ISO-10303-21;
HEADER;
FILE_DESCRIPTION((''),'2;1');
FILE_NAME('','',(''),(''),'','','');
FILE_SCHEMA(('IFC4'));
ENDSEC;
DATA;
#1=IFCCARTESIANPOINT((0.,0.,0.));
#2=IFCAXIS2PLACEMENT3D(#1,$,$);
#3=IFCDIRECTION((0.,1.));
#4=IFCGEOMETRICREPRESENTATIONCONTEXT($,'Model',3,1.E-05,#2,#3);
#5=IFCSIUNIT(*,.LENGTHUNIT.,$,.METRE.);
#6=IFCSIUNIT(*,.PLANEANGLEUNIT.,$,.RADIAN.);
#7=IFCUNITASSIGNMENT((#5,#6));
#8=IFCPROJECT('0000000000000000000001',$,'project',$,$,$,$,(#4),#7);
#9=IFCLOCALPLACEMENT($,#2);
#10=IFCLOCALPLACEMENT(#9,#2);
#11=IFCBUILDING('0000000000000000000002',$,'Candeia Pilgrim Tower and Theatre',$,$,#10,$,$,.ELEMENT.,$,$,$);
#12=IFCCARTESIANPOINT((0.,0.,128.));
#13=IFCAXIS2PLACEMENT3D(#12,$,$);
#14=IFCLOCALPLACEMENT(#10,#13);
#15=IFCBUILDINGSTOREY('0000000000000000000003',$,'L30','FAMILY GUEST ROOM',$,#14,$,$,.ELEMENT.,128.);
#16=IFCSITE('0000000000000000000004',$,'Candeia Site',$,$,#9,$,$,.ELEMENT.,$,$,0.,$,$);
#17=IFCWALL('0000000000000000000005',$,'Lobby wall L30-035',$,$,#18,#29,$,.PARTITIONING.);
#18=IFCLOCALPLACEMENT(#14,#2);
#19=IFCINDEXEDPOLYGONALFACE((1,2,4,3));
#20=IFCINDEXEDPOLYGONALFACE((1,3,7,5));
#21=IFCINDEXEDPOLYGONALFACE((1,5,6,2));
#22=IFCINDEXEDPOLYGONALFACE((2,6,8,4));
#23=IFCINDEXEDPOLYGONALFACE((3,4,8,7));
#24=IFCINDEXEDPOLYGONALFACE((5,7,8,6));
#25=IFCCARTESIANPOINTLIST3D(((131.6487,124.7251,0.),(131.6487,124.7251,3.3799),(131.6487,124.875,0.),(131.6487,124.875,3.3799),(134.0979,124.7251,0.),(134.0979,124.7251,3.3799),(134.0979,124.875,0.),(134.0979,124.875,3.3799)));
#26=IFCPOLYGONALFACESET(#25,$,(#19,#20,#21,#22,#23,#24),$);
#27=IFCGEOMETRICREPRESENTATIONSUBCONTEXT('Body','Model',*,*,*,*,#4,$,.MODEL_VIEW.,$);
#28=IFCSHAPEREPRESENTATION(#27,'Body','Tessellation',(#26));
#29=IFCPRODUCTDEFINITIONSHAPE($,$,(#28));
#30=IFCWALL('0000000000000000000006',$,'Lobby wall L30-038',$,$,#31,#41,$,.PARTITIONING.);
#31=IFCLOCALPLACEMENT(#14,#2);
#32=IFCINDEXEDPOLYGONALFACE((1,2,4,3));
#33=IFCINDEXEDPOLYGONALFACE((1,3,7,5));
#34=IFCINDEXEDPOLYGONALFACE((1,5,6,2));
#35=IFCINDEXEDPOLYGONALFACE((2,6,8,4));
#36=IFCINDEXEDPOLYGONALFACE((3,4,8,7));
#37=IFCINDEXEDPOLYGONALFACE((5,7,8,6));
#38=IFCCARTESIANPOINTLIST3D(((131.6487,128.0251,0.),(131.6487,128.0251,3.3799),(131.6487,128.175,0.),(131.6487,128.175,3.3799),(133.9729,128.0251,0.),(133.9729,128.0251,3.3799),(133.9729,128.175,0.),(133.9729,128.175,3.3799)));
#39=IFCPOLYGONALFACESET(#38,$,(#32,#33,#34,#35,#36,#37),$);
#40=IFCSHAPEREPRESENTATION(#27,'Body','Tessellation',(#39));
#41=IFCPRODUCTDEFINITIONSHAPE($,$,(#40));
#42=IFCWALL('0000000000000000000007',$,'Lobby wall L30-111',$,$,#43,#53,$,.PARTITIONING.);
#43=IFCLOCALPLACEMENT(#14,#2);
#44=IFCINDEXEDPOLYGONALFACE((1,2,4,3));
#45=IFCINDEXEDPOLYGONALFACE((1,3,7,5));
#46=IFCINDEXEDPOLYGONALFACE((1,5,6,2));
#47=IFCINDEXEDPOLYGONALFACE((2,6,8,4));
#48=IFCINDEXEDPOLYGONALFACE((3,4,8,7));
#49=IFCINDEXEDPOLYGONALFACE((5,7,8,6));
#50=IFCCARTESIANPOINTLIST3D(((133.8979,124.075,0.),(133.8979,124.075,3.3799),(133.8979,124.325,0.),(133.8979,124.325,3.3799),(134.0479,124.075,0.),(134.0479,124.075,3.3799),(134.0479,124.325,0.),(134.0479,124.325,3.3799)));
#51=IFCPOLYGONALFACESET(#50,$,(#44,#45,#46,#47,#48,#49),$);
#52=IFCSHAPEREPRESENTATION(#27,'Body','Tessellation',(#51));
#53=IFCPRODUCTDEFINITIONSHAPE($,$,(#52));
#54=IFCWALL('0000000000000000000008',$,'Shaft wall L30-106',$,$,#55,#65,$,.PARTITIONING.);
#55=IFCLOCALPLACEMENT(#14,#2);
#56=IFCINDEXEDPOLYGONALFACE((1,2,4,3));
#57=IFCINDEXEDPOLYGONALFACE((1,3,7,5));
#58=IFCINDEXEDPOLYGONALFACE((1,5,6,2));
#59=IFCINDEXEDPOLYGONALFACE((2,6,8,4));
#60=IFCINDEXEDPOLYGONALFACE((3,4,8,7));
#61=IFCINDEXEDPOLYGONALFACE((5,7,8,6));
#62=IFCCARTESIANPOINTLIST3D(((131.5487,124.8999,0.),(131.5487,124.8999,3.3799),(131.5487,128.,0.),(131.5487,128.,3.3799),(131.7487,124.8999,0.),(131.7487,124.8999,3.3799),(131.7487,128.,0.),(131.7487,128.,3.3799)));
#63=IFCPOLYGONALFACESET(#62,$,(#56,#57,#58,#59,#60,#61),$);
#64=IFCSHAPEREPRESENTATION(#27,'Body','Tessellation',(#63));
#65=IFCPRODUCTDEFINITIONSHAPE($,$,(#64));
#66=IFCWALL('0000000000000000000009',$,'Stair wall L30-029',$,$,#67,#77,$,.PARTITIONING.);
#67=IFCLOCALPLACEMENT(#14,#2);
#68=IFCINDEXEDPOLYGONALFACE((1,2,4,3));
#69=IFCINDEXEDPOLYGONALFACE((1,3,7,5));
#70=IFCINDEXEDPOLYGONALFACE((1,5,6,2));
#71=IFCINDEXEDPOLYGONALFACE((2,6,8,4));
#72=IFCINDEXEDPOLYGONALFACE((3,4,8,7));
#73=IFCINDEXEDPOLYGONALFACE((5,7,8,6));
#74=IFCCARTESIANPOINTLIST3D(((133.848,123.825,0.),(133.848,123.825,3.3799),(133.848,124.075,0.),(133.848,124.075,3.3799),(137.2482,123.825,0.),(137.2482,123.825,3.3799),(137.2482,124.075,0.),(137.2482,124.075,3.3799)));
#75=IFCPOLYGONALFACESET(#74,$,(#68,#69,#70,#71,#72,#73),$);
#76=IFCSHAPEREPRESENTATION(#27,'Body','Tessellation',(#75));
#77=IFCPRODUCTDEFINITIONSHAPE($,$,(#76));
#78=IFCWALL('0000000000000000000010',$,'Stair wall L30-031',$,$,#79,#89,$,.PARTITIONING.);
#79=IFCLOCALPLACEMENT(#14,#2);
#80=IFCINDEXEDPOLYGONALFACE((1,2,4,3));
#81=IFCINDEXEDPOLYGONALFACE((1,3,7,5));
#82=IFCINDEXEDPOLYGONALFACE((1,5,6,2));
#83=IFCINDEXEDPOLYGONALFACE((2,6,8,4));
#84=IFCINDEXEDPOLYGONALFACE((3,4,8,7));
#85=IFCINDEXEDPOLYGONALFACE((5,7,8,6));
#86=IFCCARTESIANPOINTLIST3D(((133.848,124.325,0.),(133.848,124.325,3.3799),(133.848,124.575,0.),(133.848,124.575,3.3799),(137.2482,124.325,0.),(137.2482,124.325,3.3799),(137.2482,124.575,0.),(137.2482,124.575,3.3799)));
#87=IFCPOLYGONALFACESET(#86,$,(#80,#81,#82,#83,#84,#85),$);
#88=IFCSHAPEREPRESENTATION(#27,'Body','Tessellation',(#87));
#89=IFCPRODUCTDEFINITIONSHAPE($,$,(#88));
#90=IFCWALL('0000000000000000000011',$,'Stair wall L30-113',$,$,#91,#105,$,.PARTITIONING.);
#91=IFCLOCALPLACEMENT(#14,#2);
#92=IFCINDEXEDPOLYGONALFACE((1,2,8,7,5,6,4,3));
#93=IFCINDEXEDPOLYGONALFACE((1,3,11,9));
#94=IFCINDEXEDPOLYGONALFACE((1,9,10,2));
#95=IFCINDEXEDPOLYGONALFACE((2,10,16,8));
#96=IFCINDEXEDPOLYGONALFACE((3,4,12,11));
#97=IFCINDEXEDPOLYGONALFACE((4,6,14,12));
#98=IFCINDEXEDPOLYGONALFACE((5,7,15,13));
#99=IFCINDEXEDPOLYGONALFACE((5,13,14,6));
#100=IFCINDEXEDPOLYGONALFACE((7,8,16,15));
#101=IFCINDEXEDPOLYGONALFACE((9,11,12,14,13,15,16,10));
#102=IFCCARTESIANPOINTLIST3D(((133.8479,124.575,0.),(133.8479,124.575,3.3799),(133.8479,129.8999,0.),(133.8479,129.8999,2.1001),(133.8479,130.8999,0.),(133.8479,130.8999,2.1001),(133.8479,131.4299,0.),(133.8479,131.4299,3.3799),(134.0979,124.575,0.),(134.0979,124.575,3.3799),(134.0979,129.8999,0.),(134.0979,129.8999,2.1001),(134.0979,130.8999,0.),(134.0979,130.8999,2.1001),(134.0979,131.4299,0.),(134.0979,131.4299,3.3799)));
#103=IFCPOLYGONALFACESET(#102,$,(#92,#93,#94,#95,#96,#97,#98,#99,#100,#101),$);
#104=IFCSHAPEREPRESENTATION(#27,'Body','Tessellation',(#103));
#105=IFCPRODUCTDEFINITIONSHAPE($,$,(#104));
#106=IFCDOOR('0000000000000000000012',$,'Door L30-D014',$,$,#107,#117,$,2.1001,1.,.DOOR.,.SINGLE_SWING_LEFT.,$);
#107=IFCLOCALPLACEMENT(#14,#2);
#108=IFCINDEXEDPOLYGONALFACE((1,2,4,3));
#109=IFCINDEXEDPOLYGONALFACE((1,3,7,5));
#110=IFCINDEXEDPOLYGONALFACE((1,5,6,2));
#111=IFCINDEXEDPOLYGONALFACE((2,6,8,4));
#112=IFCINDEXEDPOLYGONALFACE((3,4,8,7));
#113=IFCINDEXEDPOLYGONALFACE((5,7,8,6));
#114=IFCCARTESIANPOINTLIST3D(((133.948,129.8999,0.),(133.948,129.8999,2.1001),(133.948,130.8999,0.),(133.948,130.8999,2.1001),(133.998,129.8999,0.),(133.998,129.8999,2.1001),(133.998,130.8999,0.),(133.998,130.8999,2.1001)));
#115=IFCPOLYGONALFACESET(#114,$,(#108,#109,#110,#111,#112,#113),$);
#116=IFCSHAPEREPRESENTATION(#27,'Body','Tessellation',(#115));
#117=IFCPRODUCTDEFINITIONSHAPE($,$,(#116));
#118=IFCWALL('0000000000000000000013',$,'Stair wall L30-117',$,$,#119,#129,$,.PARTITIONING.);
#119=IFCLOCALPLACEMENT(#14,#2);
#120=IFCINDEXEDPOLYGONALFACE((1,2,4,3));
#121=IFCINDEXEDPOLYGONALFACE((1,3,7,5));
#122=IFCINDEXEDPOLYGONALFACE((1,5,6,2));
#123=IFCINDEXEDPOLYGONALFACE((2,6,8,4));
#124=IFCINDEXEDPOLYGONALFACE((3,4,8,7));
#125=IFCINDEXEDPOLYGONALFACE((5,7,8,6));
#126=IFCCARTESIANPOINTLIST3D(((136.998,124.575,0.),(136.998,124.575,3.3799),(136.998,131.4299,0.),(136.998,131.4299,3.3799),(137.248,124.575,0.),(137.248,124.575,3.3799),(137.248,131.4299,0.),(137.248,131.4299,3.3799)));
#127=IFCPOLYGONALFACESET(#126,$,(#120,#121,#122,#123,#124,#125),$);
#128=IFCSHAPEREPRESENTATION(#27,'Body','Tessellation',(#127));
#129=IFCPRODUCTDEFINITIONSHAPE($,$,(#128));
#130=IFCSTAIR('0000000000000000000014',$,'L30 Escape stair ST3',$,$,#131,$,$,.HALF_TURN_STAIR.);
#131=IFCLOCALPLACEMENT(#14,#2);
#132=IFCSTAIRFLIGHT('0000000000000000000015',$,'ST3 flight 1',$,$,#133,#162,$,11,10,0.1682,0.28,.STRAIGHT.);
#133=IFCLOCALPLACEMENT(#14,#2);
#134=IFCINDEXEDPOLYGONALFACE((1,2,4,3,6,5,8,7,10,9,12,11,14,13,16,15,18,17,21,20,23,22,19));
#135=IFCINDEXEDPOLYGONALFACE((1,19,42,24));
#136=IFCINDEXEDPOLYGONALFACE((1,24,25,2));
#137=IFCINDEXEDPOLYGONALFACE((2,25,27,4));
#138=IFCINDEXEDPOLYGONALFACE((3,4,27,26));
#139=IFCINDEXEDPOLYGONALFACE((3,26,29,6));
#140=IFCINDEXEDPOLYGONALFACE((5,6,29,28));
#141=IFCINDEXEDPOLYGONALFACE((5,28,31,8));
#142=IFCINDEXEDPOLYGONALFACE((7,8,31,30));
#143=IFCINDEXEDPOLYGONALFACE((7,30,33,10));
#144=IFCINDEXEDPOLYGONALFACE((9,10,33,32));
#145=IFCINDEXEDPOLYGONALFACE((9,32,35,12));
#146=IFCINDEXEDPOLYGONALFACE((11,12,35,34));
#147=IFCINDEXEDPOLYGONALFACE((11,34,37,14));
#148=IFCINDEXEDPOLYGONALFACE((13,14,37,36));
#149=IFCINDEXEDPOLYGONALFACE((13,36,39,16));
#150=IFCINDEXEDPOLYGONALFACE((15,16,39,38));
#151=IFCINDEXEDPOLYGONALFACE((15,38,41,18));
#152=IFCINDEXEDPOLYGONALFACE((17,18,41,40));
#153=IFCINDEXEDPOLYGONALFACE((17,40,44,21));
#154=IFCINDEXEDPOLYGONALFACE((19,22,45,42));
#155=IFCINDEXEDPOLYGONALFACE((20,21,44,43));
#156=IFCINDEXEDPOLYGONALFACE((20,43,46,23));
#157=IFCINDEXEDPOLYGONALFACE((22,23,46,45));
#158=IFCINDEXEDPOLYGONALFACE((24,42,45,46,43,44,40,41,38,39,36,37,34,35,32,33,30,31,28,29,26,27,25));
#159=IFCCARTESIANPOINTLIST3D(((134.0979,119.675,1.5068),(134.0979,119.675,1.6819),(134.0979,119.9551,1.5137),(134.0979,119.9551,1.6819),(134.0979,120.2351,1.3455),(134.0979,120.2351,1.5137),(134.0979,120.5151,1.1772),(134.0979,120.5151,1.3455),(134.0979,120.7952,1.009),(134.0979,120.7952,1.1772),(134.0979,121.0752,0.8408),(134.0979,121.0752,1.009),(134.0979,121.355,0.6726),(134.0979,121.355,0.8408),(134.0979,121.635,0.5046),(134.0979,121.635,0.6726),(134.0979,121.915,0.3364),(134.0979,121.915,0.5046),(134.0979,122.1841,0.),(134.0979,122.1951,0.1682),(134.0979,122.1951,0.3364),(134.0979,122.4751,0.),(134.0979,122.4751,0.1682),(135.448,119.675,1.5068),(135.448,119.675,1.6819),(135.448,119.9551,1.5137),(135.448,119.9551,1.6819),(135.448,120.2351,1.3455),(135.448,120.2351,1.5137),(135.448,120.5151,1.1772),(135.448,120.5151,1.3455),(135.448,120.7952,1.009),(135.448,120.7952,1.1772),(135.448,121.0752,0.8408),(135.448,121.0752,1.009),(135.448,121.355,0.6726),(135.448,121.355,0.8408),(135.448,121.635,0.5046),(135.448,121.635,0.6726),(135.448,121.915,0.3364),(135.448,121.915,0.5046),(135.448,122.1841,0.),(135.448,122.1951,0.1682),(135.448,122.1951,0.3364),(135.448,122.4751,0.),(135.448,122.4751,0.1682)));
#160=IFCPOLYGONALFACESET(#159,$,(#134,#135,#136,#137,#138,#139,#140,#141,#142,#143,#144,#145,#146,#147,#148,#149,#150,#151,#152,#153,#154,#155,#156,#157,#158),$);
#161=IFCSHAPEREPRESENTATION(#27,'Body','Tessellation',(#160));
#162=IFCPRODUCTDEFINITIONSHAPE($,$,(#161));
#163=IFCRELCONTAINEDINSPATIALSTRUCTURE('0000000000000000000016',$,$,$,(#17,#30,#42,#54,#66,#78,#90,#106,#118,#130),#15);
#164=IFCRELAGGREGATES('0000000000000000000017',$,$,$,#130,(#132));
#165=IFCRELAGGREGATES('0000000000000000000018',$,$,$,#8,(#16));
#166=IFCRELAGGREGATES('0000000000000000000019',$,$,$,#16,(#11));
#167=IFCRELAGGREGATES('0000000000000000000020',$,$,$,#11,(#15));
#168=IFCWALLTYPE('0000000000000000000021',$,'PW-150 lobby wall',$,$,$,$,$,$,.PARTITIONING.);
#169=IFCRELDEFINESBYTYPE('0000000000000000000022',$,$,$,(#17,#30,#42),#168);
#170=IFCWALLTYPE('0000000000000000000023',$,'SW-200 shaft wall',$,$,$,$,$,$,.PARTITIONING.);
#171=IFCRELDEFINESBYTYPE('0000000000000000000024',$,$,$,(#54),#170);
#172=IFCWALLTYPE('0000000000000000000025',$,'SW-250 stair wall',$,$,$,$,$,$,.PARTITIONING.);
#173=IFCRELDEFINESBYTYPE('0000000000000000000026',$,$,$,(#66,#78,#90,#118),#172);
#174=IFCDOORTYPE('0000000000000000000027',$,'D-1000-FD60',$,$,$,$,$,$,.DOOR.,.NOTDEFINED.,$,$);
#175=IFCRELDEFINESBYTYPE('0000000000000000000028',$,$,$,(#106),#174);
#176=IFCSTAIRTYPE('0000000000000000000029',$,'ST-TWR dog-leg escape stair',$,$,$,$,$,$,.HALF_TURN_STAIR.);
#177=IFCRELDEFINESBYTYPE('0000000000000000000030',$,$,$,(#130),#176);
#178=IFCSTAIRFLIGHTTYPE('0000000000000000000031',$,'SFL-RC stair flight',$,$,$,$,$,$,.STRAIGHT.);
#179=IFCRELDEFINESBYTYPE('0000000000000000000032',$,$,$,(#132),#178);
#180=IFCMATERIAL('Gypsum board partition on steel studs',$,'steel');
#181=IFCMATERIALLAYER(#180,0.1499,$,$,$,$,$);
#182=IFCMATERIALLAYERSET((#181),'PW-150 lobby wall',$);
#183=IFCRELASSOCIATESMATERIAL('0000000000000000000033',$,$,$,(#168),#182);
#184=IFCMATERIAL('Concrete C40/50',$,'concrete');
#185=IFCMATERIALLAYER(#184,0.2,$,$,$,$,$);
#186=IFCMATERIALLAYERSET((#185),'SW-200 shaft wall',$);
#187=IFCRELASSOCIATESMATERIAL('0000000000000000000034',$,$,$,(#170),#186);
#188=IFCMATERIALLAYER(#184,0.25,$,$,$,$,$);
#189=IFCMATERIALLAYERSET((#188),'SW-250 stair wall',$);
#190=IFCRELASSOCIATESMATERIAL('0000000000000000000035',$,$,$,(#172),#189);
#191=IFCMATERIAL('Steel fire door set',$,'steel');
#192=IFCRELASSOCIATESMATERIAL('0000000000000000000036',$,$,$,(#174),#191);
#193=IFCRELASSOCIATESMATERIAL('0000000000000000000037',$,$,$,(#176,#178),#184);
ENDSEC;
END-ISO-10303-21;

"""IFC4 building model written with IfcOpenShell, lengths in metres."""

from ifc_helpers import new_model, si_unit, direction, frame, frame_2d, origin, place, context, subcontext, project, spatial, polyline, rectangle, outline, extrude, material, layer, layer_set, type_object, element, fill, aggregate, save


model = new_model("IFC4")

# Units and contexts
model_context = context("Model", 3, precision=1e-05, world=origin(), true_north=direction((0.0, 1.0)))
body_context = subcontext(model_context, "Body", "Model", "MODEL_VIEW")
ifc_project = project(units=[si_unit("LENGTHUNIT", "METRE"), si_unit("PLANEANGLEUNIT", "RADIAN")], contexts=[model_context])

# Site, building, storey
site_placement = place(None, origin())
site = spatial("IfcSite", under=ifc_project, at=site_placement, Name="Candeia Site", CompositionType="ELEMENT", RefElevation=0.0)
building_placement = place(site_placement, origin())
building = spatial("IfcBuilding", under=site, at=building_placement, Name="Candeia Pilgrim Tower and Theatre", CompositionType="ELEMENT")
storey_placement = place(building_placement, frame((0.0, 0.0, 128.0)))
storey = spatial("IfcBuildingStorey", under=building, at=storey_placement, Name="L30", Description="FAMILY GUEST ROOM", CompositionType="ELEMENT", Elevation=128.0)

# Walls
ifc_material_1 = material(Name="Gypsum board partition on steel studs", Category="steel")
ifc_layer_1 = layer(ifc_material_1, 0.1499)
ifc_layer_set_1 = layer_set([ifc_layer_1], Name="PW-150 lobby wall")
wall_type_1 = type_object("IfcWallType", Name="PW-150 lobby wall", PredefinedType="PARTITIONING", material=ifc_layer_set_1)
wall_1_placement = place(storey_placement, frame((131.6487, 124.8, 0.0), z_axis=(0.0, 0.0, 1.0), x_axis=(1.0, 0.0, 0.0)))
element("IfcWall", 1, at=wall_1_placement, inside=storey, type_object=wall_type_1, Name="Lobby wall L30-035", PredefinedType="PARTITIONING", context=body_context, shape_type="SweptSolid", body=[
    extrude(rectangle(XDim=2.4492, YDim=0.1499, at=frame_2d((1.2246, 0.0))), origin(), (0.0, 0.0, 1.0), 3.3799),
])
wall_2_placement = place(storey_placement, frame((131.6487, 128.1001, 0.0), z_axis=(0.0, 0.0, 1.0), x_axis=(1.0, 0.0, 0.0)))
element("IfcWall", 2, at=wall_2_placement, inside=storey, type_object=wall_type_1, Name="Lobby wall L30-038", PredefinedType="PARTITIONING", context=body_context, shape_type="SweptSolid", body=[
    extrude(rectangle(XDim=2.3242, YDim=0.1499, at=frame_2d((1.1621, 0.0))), origin(), (0.0, 0.0, 1.0), 3.3799),
])
wall_3_placement = place(storey_placement, frame((133.9729, 124.075, 0.0), z_axis=(0.0, 0.0, 1.0), x_axis=(0.0, 1.0, 0.0)))
element("IfcWall", 3, at=wall_3_placement, inside=storey, type_object=wall_type_1, Name="Lobby wall L30-111", PredefinedType="PARTITIONING", context=body_context, shape_type="SweptSolid", body=[
    extrude(rectangle(XDim=0.25, YDim=0.1499, at=frame_2d((0.125, 0.0))), origin(), (0.0, 0.0, 1.0), 3.3799),
])
ifc_material_2 = material(Name="Concrete C40/50", Category="concrete")
ifc_layer_2 = layer(ifc_material_2, 0.2)
ifc_layer_set_2 = layer_set([ifc_layer_2], Name="SW-200 shaft wall")
wall_type_2 = type_object("IfcWallType", Name="SW-200 shaft wall", PredefinedType="PARTITIONING", material=ifc_layer_set_2)
wall_4_placement = place(storey_placement, frame((131.6487, 124.8999, 0.0), z_axis=(0.0, 0.0, 1.0), x_axis=(0.0, 1.0, 0.0)))
element("IfcWall", 4, at=wall_4_placement, inside=storey, type_object=wall_type_2, Name="Shaft wall L30-106", PredefinedType="PARTITIONING", context=body_context, shape_type="SweptSolid", body=[
    extrude(rectangle(XDim=3.1001, YDim=0.2, at=frame_2d((1.55, 0.0))), origin(), (0.0, 0.0, 1.0), 3.3799),
])
ifc_layer_3 = layer(ifc_material_2, 0.25)
ifc_layer_set_3 = layer_set([ifc_layer_3], Name="SW-250 stair wall")
wall_type_3 = type_object("IfcWallType", Name="SW-250 stair wall", PredefinedType="PARTITIONING", material=ifc_layer_set_3)
for number, where, z_axis, x_axis, name in (
    (5, (133.8479, 123.95, 0.0), (0.0, 0.0, 1.0), (1.0, 0.0, 0.0), "Stair wall L30-029"),
    (6, (133.8479, 124.45, 0.0), (0.0, 0.0, 1.0), (1.0, 0.0, 0.0), "Stair wall L30-031"),
):
    element("IfcWall", number, at=place(storey_placement, frame(where, z_axis=z_axis, x_axis=x_axis)), inside=storey, type_object=wall_type_3, Name=name, PredefinedType="PARTITIONING", context=body_context, shape_type="SweptSolid", body=[
        extrude(rectangle(XDim=3.4001, YDim=0.25, at=frame_2d((1.7002, 0.0))), origin(), (0.0, 0.0, 1.0), 3.3799),
    ])

# Wall, opening, door
wall_5_placement = place(storey_placement, frame((133.9729, 124.575, 0.0), z_axis=(0.0, 0.0, 1.0), x_axis=(0.0, 1.0, 0.0)))
wall_5 = element("IfcWall", 7, at=wall_5_placement, inside=storey, type_object=wall_type_3, Name="Stair wall L30-113", PredefinedType="PARTITIONING", context=body_context, shape_type="SweptSolid", body=[
    extrude(rectangle(XDim=6.855, YDim=0.25, at=frame_2d((3.4275, 0.0))), origin(), (0.0, 0.0, 1.0), 3.3799),
])
opening_placement = place(wall_5_placement, frame((5.325, 0.0, 0.0)))
opening = element("IfcOpeningElement", 8, at=opening_placement, cuts=wall_5, PredefinedType="OPENING", context=body_context, shape_type="SweptSolid", body=[
    extrude(rectangle(XDim=1.0, YDim=2.1001, at=frame_2d((0.5, 1.05))), frame((0.0, 0.135, 0.0), z_axis=(0.0, -1.0, 0.0), x_axis=(1.0, 0.0, 0.0)), (0.0, 0.0, 1.0), 0.27),
])
ifc_material_3 = material(Name="Steel fire door set", Category="steel")
door_type = type_object("IfcDoorType", Name="D-1000-FD60", OperationType="NOTDEFINED", PredefinedType="DOOR", material=ifc_material_3)
door_placement = place(opening_placement, origin())
door = element("IfcDoor", 9, at=door_placement, inside=storey, type_object=door_type, Name="Door L30-D014", OperationType="SINGLE_SWING_LEFT", OverallHeight=2.1001, OverallWidth=1.0, PredefinedType="DOOR", context=body_context, shape_type="SweptSolid", body=[
    extrude(rectangle(XDim=1.0, YDim=2.1001, at=frame_2d((0.5, 1.05))), frame((0.0, 0.0249, 0.0), z_axis=(0.0, -1.0, 0.0), x_axis=(1.0, 0.0, 0.0)), (0.0, 0.0, 1.0), 0.05),
])
fill(opening, door)

# Wall
wall_6_placement = place(storey_placement, frame((137.123, 124.575, 0.0), z_axis=(0.0, 0.0, 1.0), x_axis=(0.0, 1.0, 0.0)))
element("IfcWall", 10, at=wall_6_placement, inside=storey, type_object=wall_type_3, Name="Stair wall L30-117", PredefinedType="PARTITIONING", context=body_context, shape_type="SweptSolid", body=[
    extrude(rectangle(XDim=6.855, YDim=0.25, at=frame_2d((3.4275, 0.0))), origin(), (0.0, 0.0, 1.0), 3.3799),
])

# Stair, stair flight
stair_type = type_object("IfcStairType", Name="ST-TWR dog-leg escape stair", PredefinedType="HALF_TURN_STAIR", material=ifc_material_2)
stair_1_placement = place(storey_placement, origin())
stair_1 = element("IfcStair", 11, at=stair_1_placement, inside=storey, type_object=stair_type, Name="L30 Escape stair ST3", PredefinedType="HALF_TURN_STAIR")
stair_flight_type = type_object("IfcStairFlightType", Name="SFL-RC stair flight", PredefinedType="STRAIGHT", material=ifc_material_2)
stair_flight_1_placement = place(storey_placement, frame((134.7729, 122.4751, 0.0), z_axis=(0.0, 0.0, 1.0), x_axis=(0.0, -1.0, 0.0)))
stair_flight_1 = element("IfcStairFlight", 12, at=stair_flight_1_placement, type_object=stair_flight_type, Name="ST3 flight 1", NumberOfRisers=11, NumberOfTreads=10, PredefinedType="STRAIGHT", RiserHeight=0.1682, TreadLength=0.28, context=body_context, shape_type="SweptSolid", body=[
    extrude(outline(polyline([(0.0, 0.0), (0.0, 0.1682), (0.28, 0.1682), (0.28, 0.3364), (0.5601, 0.3364), (0.5601, 0.5046), (0.8401, 0.5046), (0.8401, 0.6726), (1.1201, 0.6726), (1.1201, 0.8408), (1.3999, 0.8408), (1.3999, 1.009), (1.6799, 1.009), (1.6799, 1.1772), (1.96, 1.1772), (1.96, 1.3455), (2.24, 1.3455), (2.24, 1.5137), (2.52, 1.5137), (2.52, 1.6819), (2.8, 1.6819), (2.8, 1.8501), (2.8, 1.5068), (0.291, 0.0), (0.0, 0.0)])), frame((0.0, 0.675, 0.0), z_axis=(0.0, -1.0, 0.0), x_axis=(1.0, 0.0, 0.0)), (0.0, 0.0, 1.0), 1.3501),
])
aggregate(stair_1, [stair_flight_1])

save(model, "model.ifc")
